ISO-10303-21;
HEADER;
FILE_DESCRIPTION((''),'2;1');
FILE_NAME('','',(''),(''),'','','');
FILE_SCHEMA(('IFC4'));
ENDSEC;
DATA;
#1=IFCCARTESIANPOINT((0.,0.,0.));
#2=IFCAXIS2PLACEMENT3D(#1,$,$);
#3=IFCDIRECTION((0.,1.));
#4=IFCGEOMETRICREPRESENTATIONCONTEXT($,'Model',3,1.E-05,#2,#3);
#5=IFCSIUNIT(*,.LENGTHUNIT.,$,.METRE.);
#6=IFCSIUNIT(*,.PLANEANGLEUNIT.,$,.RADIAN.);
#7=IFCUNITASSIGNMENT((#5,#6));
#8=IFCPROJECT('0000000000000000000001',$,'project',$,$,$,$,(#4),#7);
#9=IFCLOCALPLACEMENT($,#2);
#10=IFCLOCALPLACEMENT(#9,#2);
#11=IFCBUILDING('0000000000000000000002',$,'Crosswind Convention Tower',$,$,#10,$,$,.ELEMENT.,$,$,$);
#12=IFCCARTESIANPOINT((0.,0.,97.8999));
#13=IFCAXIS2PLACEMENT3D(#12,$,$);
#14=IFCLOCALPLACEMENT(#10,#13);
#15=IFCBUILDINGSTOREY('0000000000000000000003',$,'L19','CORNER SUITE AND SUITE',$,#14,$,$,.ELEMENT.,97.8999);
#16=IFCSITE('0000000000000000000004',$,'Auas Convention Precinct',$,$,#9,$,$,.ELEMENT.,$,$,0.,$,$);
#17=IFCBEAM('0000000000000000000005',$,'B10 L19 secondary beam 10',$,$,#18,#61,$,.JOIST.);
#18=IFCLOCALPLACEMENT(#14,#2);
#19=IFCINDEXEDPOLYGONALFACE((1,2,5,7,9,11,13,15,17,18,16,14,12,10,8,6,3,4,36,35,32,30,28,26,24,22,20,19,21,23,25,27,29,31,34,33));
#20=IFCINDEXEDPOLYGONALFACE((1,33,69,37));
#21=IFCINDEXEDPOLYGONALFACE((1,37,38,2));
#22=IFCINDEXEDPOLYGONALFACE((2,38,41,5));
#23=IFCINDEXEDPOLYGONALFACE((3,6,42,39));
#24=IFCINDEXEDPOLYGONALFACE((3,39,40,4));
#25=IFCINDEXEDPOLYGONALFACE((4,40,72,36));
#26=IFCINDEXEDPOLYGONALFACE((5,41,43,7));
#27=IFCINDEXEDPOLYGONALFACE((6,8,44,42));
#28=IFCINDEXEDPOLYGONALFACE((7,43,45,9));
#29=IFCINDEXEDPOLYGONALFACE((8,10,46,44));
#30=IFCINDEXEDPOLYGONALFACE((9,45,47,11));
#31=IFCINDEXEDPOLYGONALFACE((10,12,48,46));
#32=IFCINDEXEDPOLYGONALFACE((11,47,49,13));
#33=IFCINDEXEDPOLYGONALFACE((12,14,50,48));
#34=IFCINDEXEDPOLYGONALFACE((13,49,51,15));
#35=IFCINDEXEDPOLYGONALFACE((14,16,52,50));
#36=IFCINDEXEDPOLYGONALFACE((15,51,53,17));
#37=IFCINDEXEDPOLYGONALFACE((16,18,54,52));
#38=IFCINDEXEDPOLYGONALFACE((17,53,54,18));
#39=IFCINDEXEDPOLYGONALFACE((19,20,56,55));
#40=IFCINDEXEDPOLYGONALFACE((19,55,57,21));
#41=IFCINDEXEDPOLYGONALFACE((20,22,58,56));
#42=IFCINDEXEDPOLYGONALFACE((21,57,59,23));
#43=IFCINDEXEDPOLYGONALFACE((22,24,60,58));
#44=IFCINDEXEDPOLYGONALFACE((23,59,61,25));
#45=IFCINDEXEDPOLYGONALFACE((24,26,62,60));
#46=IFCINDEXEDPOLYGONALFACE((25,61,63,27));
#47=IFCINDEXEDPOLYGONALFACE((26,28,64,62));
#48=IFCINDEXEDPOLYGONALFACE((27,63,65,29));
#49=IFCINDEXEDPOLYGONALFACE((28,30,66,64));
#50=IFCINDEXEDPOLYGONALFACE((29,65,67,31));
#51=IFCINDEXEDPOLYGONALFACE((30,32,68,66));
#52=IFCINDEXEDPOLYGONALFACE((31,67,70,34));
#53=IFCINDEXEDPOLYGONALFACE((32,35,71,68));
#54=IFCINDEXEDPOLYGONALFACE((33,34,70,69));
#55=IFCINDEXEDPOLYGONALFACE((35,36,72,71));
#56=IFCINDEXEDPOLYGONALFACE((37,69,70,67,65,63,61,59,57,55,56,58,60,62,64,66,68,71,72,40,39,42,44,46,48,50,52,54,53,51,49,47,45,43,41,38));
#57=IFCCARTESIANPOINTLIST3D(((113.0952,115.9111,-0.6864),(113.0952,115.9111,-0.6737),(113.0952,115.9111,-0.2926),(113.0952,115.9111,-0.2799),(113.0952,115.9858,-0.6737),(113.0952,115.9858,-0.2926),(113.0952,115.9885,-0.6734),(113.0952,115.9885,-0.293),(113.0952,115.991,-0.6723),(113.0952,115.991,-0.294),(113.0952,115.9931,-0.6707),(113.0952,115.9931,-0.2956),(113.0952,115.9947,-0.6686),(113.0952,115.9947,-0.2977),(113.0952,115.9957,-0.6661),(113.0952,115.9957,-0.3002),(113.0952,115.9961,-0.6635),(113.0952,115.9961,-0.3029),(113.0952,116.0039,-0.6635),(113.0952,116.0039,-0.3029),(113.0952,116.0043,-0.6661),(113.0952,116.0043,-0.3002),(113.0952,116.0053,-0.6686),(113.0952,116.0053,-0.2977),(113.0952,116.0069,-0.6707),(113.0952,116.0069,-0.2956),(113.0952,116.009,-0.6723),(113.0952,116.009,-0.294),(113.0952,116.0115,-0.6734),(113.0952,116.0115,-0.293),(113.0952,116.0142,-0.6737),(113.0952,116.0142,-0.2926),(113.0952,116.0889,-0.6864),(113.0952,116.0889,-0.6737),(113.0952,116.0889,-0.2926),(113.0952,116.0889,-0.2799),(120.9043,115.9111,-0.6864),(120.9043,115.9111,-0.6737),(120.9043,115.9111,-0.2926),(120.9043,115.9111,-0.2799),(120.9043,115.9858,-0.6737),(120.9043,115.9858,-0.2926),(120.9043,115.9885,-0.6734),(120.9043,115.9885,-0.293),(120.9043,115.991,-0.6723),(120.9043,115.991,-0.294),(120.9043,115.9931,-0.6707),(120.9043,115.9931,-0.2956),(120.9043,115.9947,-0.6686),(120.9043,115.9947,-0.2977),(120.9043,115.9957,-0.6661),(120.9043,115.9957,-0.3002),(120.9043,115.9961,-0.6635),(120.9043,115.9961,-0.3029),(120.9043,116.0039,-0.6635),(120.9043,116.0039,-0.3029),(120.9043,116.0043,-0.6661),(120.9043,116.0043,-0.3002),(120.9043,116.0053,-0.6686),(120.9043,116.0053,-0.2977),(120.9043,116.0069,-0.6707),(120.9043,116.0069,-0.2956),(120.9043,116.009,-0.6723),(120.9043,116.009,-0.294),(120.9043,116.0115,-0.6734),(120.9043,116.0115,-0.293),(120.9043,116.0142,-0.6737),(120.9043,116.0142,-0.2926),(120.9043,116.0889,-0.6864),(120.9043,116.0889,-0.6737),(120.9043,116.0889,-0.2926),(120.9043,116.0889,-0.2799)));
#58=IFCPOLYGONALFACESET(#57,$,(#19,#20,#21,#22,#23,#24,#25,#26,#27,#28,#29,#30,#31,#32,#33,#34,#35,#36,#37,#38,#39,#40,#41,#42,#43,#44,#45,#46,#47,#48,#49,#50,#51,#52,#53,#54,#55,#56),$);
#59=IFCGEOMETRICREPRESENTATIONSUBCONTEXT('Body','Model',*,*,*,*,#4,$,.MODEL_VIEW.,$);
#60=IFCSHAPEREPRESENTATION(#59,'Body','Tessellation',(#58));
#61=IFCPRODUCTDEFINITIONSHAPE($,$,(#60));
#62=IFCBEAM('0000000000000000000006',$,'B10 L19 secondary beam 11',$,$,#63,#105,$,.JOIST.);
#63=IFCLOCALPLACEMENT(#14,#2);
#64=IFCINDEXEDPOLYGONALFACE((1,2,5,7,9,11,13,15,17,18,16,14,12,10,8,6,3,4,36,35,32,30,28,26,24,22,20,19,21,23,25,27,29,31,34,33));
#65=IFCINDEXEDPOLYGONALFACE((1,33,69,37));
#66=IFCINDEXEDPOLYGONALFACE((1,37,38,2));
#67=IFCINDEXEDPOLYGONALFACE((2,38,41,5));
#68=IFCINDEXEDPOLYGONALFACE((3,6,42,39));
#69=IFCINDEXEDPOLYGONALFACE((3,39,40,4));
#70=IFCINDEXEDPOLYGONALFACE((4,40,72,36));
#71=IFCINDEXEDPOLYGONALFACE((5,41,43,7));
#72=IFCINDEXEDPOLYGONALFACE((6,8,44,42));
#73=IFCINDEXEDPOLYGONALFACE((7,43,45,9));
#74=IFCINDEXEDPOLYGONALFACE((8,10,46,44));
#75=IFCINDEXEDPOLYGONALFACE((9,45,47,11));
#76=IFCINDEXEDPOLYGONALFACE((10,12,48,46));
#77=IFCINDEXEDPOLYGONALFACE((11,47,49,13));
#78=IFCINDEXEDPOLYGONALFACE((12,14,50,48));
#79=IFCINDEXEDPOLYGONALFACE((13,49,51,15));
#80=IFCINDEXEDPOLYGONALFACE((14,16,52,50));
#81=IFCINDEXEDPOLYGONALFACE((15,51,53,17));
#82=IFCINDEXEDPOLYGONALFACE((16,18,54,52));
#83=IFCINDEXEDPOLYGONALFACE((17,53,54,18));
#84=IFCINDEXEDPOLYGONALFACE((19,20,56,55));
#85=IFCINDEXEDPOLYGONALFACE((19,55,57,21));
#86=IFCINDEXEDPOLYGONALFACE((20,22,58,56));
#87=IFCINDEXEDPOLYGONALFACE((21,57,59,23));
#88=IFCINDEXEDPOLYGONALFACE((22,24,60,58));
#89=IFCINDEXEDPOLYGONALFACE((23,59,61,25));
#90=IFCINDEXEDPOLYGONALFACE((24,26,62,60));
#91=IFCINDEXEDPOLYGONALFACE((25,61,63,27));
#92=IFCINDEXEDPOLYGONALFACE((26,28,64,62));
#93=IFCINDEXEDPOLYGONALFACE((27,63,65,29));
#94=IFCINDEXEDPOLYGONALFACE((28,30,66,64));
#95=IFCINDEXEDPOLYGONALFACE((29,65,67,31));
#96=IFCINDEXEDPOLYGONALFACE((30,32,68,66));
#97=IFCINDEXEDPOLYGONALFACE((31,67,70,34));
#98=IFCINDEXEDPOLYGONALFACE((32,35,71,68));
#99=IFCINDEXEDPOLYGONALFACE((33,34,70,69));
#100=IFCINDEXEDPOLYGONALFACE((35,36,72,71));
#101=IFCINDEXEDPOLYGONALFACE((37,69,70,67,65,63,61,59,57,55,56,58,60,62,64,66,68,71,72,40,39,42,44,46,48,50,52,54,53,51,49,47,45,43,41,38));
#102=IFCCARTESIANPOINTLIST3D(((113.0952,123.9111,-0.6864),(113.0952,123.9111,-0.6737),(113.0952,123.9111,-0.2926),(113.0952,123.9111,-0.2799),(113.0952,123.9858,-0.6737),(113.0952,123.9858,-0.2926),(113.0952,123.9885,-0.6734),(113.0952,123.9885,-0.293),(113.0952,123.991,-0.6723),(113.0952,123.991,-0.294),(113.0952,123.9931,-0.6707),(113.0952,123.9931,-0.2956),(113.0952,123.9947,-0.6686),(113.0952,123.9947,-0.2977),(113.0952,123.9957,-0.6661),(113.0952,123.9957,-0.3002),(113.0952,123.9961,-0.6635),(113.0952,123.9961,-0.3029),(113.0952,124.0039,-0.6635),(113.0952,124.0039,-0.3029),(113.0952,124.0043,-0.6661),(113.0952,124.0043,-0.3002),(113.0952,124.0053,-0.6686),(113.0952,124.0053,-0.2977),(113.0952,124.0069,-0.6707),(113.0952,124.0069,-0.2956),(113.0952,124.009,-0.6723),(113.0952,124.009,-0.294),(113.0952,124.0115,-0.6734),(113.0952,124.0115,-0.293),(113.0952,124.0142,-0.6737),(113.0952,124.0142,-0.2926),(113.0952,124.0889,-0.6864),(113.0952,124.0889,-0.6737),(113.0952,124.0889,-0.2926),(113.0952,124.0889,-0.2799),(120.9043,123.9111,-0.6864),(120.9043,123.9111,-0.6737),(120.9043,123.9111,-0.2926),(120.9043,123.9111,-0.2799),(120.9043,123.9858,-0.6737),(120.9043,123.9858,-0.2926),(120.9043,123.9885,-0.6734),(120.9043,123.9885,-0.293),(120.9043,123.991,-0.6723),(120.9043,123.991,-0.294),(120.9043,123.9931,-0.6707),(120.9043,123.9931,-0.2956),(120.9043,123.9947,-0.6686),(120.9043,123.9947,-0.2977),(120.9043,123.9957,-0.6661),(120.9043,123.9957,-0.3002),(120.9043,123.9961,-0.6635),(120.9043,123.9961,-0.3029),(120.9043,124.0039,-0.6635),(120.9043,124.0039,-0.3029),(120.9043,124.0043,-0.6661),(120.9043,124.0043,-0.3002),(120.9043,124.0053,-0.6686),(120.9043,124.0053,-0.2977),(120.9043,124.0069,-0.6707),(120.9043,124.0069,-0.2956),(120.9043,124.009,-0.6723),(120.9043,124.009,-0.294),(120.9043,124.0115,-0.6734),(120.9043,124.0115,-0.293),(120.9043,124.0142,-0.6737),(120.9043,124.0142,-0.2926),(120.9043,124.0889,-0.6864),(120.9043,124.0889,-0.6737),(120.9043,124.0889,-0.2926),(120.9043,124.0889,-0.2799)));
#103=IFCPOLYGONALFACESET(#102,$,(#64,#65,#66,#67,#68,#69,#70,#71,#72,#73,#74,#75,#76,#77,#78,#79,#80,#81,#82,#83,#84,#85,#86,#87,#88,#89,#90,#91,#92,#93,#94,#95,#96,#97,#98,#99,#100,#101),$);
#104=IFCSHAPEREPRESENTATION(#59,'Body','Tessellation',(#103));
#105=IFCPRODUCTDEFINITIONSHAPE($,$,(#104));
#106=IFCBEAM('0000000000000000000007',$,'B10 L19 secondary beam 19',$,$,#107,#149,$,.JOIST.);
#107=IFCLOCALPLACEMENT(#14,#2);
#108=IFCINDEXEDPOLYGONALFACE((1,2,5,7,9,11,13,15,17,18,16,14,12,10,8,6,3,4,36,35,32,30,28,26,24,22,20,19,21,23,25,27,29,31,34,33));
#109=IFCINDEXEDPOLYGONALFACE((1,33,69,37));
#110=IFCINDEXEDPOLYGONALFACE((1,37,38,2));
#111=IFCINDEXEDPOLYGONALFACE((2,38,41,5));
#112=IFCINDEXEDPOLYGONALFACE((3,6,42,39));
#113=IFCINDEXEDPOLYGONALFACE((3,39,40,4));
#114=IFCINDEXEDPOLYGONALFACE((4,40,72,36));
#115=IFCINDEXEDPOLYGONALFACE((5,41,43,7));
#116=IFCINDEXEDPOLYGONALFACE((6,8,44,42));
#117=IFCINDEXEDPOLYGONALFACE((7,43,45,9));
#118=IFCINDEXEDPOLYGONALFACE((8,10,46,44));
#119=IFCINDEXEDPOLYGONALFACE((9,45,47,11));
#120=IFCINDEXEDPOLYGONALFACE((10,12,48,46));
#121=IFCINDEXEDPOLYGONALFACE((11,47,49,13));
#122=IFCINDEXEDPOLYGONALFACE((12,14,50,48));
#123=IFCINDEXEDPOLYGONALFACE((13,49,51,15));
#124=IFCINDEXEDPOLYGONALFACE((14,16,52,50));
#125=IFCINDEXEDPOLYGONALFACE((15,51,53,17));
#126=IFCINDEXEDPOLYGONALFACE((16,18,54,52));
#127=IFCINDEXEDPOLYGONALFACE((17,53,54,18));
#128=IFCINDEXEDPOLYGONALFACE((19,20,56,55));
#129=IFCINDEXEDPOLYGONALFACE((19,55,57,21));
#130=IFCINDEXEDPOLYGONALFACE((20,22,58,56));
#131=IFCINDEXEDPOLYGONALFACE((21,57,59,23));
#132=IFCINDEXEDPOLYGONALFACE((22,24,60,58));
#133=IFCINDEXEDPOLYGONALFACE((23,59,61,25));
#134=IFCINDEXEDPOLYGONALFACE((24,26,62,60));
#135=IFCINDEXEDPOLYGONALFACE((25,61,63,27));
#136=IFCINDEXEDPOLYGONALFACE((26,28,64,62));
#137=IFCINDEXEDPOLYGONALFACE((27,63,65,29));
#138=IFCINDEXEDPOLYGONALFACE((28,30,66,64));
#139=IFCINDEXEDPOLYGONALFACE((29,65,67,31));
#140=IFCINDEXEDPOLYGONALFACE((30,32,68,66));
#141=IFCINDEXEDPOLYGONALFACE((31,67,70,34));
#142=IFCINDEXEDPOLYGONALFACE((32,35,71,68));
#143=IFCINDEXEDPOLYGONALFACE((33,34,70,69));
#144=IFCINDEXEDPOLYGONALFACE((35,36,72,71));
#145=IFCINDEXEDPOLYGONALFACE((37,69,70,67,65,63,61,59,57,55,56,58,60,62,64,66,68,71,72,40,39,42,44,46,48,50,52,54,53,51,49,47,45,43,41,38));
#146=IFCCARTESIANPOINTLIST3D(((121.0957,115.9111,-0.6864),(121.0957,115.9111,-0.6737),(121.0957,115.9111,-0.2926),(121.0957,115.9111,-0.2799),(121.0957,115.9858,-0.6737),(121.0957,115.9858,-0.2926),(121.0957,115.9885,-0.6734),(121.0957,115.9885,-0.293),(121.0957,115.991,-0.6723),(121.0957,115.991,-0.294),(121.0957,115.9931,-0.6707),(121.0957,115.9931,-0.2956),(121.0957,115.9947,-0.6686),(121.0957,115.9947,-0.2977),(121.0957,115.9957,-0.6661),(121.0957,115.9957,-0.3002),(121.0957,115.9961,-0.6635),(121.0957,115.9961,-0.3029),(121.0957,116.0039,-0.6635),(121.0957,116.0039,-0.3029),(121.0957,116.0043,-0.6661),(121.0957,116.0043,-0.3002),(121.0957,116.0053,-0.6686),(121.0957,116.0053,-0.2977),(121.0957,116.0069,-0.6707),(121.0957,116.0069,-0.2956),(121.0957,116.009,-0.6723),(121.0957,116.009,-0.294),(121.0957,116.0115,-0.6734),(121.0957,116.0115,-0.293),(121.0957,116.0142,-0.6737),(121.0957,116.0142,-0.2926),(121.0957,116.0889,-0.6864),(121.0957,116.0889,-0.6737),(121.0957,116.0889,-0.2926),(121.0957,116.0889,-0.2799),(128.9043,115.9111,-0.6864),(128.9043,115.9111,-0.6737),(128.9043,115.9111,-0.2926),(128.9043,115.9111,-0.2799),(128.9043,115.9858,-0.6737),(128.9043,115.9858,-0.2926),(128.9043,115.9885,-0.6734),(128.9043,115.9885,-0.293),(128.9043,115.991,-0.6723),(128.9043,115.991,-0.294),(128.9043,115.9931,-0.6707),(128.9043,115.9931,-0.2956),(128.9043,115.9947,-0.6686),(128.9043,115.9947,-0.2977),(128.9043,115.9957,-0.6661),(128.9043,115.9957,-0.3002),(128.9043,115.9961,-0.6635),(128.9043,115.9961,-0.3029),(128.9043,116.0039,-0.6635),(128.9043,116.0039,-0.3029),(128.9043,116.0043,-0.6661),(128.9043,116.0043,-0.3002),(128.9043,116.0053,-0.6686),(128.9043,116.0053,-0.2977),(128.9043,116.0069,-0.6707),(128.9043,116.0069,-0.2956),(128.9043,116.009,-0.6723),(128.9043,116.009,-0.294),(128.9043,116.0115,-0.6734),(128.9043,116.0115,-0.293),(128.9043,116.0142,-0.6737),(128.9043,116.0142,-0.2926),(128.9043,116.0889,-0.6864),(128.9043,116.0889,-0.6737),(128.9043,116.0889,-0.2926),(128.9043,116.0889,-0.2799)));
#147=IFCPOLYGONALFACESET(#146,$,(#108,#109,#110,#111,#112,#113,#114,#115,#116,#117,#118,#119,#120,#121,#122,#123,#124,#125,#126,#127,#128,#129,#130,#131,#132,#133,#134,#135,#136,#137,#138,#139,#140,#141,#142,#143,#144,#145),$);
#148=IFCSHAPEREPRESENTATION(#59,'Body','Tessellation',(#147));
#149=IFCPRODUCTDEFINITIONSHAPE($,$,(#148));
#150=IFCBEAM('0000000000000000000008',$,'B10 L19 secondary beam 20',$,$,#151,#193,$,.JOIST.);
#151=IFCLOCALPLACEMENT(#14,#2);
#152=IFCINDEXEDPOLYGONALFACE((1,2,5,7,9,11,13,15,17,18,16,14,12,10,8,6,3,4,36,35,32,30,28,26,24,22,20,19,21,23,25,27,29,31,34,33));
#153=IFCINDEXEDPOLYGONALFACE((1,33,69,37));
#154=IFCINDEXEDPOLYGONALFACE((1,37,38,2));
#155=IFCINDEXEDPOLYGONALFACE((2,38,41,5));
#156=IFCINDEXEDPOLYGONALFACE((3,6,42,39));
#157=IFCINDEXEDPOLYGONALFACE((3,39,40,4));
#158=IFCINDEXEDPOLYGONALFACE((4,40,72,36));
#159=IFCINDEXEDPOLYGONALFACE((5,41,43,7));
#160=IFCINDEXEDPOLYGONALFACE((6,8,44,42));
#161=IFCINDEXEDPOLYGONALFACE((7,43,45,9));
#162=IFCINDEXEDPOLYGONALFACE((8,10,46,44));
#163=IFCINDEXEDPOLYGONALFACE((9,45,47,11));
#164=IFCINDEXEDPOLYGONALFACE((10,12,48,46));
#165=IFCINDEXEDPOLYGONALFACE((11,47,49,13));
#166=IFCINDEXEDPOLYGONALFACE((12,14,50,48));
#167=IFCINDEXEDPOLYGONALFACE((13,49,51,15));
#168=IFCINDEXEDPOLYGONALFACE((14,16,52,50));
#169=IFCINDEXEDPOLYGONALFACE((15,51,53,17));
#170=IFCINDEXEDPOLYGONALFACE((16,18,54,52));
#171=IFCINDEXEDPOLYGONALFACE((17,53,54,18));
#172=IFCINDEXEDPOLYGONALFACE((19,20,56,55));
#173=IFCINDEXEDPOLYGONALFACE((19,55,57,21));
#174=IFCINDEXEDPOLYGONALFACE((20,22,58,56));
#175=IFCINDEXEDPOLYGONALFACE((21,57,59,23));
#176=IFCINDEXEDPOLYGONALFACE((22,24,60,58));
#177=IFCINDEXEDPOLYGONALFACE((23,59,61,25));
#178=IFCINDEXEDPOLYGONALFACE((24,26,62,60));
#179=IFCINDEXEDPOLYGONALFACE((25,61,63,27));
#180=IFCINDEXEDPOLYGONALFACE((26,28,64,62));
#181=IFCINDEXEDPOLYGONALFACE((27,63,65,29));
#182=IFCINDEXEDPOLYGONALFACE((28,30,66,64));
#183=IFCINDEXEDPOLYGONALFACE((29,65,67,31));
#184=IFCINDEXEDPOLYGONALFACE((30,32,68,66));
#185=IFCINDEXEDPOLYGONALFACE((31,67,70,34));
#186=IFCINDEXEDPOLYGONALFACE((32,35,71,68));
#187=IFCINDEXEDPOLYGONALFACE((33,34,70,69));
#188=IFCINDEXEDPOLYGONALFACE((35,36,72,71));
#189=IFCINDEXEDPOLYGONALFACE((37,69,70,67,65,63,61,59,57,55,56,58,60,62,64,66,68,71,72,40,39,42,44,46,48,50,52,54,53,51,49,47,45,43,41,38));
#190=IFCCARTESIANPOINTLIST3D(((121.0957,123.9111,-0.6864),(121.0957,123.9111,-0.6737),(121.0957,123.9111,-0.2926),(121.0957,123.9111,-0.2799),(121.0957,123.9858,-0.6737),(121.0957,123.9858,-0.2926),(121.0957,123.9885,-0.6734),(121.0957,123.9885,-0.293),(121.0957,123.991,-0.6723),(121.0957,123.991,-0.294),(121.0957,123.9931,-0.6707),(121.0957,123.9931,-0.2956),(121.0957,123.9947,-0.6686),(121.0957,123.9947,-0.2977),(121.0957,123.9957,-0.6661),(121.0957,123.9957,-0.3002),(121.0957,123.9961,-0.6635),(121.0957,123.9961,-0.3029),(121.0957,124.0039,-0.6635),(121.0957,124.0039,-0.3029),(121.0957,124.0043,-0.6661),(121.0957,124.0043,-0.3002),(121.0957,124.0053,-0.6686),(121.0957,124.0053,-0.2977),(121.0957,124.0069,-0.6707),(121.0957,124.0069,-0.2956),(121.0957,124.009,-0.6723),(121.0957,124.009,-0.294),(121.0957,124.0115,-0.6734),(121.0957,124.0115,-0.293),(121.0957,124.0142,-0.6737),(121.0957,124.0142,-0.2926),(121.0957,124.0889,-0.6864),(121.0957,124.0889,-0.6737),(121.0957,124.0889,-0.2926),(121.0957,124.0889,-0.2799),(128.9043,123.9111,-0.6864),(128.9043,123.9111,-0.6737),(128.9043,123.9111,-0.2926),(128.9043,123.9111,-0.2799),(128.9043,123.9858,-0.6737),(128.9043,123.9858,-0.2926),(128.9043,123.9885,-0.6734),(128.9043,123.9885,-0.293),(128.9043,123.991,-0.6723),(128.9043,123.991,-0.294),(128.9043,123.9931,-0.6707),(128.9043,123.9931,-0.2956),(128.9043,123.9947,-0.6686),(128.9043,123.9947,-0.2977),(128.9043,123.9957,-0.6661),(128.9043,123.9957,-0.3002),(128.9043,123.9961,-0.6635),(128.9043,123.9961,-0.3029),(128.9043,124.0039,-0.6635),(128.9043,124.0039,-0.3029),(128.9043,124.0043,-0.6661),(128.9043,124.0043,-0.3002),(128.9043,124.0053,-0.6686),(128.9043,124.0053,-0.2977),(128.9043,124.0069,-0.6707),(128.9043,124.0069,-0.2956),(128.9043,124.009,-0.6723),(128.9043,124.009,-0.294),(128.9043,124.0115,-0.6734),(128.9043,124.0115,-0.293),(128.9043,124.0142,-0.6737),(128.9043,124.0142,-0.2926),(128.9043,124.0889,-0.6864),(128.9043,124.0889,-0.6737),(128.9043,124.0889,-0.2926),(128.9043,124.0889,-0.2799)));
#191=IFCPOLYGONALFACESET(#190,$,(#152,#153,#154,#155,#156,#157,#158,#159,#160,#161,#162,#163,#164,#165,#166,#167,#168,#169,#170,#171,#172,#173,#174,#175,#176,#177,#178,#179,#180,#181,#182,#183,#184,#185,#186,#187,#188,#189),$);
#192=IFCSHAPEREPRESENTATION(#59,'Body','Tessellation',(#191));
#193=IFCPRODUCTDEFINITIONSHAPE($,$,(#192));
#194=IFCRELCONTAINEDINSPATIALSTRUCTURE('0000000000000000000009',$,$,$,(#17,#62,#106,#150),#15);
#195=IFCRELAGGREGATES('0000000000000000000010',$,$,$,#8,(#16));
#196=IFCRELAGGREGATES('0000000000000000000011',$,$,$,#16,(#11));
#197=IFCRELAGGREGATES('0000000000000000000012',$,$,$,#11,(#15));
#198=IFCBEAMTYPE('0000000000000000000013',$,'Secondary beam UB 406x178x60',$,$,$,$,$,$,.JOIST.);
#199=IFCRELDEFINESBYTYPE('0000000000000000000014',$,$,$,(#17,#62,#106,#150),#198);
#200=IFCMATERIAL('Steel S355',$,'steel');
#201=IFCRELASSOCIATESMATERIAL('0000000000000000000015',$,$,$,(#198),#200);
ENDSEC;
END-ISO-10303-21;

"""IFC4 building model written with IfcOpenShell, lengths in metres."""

from ifc_helpers import new_model, si_unit, direction, frame, origin, origin_2d, place, context, subcontext, project, spatial, i_section, extrude, material, material_profile, profile_set, type_object, element, save


model = new_model("IFC4")

# Units and contexts
model_context = context("Model", 3, precision=1e-05, world=origin(), true_north=direction((0.0, 1.0)))
body_context = subcontext(model_context, "Body", "Model", "MODEL_VIEW")
ifc_project = project(units=[si_unit("LENGTHUNIT", "METRE"), si_unit("PLANEANGLEUNIT", "RADIAN")], contexts=[model_context])

# Site, building, storey
site_placement = place(None, origin())
site = spatial("IfcSite", under=ifc_project, at=site_placement, Name="Auas Convention Precinct", CompositionType="ELEMENT", RefElevation=0.0)
building_placement = place(site_placement, origin())
building = spatial("IfcBuilding", under=site, at=building_placement, Name="Crosswind Convention Tower", CompositionType="ELEMENT")
storey_placement = place(building_placement, frame((0.0, 0.0, 97.8999)))
storey = spatial("IfcBuildingStorey", under=building, at=storey_placement, Name="L19", Description="CORNER SUITE AND SUITE", CompositionType="ELEMENT", Elevation=97.8999)

# Beams
ifc_material_1 = material(Name="Steel S355", Category="steel")
ifc_material_profile_1 = material_profile(ifc_material_1, i_section(OverallWidth=0.1777, OverallDepth=0.4065, WebThickness=0.0078, FlangeThickness=0.0127, FilletRadius=0.0103, at=origin_2d()), Name="UB 406x178x60")
ifc_profile_set_1 = profile_set([ifc_material_profile_1], Name="Steel S355")
beam_type_1 = type_object("IfcBeamType", Name="Secondary beam UB 406x178x60", PredefinedType="JOIST", material=ifc_profile_set_1)
for number, where, z_axis, x_axis, name in (
    (1, (113.0952, 116.0, -0.4832), (1.0, 0.0, 0.0), (0.0, 1.0, 0.0), "B10 L19 secondary beam 10"),
    (2, (113.0952, 124.0, -0.4832), (1.0, 0.0, 0.0), (0.0, 1.0, 0.0), "B10 L19 secondary beam 11"),
):
    element("IfcBeam", number, at=place(storey_placement, frame(where, z_axis=z_axis, x_axis=x_axis)), inside=storey, type_object=beam_type_1, Name=name, PredefinedType="JOIST", context=body_context, shape_type="SweptSolid", body=[
        extrude(i_section(OverallWidth=0.1777, OverallDepth=0.4065, WebThickness=0.0078, FlangeThickness=0.0127, FilletRadius=0.0103, at=origin_2d()), origin(), (0.0, 0.0, 1.0), 7.8091),
    ])
for number, where, z_axis, x_axis, name in (
    (3, (121.0957, 116.0, -0.4832), (1.0, 0.0, 0.0), (0.0, 1.0, 0.0), "B10 L19 secondary beam 19"),
    (4, (121.0957, 124.0, -0.4832), (1.0, 0.0, 0.0), (0.0, 1.0, 0.0), "B10 L19 secondary beam 20"),
):
    element("IfcBeam", number, at=place(storey_placement, frame(where, z_axis=z_axis, x_axis=x_axis)), inside=storey, type_object=beam_type_1, Name=name, PredefinedType="JOIST", context=body_context, shape_type="SweptSolid", body=[
        extrude(i_section(OverallWidth=0.1777, OverallDepth=0.4065, WebThickness=0.0078, FlangeThickness=0.0127, FilletRadius=0.0103, at=origin_2d()), origin(), (0.0, 0.0, 1.0), 7.8086),
    ])

save(model, "model.ifc")
